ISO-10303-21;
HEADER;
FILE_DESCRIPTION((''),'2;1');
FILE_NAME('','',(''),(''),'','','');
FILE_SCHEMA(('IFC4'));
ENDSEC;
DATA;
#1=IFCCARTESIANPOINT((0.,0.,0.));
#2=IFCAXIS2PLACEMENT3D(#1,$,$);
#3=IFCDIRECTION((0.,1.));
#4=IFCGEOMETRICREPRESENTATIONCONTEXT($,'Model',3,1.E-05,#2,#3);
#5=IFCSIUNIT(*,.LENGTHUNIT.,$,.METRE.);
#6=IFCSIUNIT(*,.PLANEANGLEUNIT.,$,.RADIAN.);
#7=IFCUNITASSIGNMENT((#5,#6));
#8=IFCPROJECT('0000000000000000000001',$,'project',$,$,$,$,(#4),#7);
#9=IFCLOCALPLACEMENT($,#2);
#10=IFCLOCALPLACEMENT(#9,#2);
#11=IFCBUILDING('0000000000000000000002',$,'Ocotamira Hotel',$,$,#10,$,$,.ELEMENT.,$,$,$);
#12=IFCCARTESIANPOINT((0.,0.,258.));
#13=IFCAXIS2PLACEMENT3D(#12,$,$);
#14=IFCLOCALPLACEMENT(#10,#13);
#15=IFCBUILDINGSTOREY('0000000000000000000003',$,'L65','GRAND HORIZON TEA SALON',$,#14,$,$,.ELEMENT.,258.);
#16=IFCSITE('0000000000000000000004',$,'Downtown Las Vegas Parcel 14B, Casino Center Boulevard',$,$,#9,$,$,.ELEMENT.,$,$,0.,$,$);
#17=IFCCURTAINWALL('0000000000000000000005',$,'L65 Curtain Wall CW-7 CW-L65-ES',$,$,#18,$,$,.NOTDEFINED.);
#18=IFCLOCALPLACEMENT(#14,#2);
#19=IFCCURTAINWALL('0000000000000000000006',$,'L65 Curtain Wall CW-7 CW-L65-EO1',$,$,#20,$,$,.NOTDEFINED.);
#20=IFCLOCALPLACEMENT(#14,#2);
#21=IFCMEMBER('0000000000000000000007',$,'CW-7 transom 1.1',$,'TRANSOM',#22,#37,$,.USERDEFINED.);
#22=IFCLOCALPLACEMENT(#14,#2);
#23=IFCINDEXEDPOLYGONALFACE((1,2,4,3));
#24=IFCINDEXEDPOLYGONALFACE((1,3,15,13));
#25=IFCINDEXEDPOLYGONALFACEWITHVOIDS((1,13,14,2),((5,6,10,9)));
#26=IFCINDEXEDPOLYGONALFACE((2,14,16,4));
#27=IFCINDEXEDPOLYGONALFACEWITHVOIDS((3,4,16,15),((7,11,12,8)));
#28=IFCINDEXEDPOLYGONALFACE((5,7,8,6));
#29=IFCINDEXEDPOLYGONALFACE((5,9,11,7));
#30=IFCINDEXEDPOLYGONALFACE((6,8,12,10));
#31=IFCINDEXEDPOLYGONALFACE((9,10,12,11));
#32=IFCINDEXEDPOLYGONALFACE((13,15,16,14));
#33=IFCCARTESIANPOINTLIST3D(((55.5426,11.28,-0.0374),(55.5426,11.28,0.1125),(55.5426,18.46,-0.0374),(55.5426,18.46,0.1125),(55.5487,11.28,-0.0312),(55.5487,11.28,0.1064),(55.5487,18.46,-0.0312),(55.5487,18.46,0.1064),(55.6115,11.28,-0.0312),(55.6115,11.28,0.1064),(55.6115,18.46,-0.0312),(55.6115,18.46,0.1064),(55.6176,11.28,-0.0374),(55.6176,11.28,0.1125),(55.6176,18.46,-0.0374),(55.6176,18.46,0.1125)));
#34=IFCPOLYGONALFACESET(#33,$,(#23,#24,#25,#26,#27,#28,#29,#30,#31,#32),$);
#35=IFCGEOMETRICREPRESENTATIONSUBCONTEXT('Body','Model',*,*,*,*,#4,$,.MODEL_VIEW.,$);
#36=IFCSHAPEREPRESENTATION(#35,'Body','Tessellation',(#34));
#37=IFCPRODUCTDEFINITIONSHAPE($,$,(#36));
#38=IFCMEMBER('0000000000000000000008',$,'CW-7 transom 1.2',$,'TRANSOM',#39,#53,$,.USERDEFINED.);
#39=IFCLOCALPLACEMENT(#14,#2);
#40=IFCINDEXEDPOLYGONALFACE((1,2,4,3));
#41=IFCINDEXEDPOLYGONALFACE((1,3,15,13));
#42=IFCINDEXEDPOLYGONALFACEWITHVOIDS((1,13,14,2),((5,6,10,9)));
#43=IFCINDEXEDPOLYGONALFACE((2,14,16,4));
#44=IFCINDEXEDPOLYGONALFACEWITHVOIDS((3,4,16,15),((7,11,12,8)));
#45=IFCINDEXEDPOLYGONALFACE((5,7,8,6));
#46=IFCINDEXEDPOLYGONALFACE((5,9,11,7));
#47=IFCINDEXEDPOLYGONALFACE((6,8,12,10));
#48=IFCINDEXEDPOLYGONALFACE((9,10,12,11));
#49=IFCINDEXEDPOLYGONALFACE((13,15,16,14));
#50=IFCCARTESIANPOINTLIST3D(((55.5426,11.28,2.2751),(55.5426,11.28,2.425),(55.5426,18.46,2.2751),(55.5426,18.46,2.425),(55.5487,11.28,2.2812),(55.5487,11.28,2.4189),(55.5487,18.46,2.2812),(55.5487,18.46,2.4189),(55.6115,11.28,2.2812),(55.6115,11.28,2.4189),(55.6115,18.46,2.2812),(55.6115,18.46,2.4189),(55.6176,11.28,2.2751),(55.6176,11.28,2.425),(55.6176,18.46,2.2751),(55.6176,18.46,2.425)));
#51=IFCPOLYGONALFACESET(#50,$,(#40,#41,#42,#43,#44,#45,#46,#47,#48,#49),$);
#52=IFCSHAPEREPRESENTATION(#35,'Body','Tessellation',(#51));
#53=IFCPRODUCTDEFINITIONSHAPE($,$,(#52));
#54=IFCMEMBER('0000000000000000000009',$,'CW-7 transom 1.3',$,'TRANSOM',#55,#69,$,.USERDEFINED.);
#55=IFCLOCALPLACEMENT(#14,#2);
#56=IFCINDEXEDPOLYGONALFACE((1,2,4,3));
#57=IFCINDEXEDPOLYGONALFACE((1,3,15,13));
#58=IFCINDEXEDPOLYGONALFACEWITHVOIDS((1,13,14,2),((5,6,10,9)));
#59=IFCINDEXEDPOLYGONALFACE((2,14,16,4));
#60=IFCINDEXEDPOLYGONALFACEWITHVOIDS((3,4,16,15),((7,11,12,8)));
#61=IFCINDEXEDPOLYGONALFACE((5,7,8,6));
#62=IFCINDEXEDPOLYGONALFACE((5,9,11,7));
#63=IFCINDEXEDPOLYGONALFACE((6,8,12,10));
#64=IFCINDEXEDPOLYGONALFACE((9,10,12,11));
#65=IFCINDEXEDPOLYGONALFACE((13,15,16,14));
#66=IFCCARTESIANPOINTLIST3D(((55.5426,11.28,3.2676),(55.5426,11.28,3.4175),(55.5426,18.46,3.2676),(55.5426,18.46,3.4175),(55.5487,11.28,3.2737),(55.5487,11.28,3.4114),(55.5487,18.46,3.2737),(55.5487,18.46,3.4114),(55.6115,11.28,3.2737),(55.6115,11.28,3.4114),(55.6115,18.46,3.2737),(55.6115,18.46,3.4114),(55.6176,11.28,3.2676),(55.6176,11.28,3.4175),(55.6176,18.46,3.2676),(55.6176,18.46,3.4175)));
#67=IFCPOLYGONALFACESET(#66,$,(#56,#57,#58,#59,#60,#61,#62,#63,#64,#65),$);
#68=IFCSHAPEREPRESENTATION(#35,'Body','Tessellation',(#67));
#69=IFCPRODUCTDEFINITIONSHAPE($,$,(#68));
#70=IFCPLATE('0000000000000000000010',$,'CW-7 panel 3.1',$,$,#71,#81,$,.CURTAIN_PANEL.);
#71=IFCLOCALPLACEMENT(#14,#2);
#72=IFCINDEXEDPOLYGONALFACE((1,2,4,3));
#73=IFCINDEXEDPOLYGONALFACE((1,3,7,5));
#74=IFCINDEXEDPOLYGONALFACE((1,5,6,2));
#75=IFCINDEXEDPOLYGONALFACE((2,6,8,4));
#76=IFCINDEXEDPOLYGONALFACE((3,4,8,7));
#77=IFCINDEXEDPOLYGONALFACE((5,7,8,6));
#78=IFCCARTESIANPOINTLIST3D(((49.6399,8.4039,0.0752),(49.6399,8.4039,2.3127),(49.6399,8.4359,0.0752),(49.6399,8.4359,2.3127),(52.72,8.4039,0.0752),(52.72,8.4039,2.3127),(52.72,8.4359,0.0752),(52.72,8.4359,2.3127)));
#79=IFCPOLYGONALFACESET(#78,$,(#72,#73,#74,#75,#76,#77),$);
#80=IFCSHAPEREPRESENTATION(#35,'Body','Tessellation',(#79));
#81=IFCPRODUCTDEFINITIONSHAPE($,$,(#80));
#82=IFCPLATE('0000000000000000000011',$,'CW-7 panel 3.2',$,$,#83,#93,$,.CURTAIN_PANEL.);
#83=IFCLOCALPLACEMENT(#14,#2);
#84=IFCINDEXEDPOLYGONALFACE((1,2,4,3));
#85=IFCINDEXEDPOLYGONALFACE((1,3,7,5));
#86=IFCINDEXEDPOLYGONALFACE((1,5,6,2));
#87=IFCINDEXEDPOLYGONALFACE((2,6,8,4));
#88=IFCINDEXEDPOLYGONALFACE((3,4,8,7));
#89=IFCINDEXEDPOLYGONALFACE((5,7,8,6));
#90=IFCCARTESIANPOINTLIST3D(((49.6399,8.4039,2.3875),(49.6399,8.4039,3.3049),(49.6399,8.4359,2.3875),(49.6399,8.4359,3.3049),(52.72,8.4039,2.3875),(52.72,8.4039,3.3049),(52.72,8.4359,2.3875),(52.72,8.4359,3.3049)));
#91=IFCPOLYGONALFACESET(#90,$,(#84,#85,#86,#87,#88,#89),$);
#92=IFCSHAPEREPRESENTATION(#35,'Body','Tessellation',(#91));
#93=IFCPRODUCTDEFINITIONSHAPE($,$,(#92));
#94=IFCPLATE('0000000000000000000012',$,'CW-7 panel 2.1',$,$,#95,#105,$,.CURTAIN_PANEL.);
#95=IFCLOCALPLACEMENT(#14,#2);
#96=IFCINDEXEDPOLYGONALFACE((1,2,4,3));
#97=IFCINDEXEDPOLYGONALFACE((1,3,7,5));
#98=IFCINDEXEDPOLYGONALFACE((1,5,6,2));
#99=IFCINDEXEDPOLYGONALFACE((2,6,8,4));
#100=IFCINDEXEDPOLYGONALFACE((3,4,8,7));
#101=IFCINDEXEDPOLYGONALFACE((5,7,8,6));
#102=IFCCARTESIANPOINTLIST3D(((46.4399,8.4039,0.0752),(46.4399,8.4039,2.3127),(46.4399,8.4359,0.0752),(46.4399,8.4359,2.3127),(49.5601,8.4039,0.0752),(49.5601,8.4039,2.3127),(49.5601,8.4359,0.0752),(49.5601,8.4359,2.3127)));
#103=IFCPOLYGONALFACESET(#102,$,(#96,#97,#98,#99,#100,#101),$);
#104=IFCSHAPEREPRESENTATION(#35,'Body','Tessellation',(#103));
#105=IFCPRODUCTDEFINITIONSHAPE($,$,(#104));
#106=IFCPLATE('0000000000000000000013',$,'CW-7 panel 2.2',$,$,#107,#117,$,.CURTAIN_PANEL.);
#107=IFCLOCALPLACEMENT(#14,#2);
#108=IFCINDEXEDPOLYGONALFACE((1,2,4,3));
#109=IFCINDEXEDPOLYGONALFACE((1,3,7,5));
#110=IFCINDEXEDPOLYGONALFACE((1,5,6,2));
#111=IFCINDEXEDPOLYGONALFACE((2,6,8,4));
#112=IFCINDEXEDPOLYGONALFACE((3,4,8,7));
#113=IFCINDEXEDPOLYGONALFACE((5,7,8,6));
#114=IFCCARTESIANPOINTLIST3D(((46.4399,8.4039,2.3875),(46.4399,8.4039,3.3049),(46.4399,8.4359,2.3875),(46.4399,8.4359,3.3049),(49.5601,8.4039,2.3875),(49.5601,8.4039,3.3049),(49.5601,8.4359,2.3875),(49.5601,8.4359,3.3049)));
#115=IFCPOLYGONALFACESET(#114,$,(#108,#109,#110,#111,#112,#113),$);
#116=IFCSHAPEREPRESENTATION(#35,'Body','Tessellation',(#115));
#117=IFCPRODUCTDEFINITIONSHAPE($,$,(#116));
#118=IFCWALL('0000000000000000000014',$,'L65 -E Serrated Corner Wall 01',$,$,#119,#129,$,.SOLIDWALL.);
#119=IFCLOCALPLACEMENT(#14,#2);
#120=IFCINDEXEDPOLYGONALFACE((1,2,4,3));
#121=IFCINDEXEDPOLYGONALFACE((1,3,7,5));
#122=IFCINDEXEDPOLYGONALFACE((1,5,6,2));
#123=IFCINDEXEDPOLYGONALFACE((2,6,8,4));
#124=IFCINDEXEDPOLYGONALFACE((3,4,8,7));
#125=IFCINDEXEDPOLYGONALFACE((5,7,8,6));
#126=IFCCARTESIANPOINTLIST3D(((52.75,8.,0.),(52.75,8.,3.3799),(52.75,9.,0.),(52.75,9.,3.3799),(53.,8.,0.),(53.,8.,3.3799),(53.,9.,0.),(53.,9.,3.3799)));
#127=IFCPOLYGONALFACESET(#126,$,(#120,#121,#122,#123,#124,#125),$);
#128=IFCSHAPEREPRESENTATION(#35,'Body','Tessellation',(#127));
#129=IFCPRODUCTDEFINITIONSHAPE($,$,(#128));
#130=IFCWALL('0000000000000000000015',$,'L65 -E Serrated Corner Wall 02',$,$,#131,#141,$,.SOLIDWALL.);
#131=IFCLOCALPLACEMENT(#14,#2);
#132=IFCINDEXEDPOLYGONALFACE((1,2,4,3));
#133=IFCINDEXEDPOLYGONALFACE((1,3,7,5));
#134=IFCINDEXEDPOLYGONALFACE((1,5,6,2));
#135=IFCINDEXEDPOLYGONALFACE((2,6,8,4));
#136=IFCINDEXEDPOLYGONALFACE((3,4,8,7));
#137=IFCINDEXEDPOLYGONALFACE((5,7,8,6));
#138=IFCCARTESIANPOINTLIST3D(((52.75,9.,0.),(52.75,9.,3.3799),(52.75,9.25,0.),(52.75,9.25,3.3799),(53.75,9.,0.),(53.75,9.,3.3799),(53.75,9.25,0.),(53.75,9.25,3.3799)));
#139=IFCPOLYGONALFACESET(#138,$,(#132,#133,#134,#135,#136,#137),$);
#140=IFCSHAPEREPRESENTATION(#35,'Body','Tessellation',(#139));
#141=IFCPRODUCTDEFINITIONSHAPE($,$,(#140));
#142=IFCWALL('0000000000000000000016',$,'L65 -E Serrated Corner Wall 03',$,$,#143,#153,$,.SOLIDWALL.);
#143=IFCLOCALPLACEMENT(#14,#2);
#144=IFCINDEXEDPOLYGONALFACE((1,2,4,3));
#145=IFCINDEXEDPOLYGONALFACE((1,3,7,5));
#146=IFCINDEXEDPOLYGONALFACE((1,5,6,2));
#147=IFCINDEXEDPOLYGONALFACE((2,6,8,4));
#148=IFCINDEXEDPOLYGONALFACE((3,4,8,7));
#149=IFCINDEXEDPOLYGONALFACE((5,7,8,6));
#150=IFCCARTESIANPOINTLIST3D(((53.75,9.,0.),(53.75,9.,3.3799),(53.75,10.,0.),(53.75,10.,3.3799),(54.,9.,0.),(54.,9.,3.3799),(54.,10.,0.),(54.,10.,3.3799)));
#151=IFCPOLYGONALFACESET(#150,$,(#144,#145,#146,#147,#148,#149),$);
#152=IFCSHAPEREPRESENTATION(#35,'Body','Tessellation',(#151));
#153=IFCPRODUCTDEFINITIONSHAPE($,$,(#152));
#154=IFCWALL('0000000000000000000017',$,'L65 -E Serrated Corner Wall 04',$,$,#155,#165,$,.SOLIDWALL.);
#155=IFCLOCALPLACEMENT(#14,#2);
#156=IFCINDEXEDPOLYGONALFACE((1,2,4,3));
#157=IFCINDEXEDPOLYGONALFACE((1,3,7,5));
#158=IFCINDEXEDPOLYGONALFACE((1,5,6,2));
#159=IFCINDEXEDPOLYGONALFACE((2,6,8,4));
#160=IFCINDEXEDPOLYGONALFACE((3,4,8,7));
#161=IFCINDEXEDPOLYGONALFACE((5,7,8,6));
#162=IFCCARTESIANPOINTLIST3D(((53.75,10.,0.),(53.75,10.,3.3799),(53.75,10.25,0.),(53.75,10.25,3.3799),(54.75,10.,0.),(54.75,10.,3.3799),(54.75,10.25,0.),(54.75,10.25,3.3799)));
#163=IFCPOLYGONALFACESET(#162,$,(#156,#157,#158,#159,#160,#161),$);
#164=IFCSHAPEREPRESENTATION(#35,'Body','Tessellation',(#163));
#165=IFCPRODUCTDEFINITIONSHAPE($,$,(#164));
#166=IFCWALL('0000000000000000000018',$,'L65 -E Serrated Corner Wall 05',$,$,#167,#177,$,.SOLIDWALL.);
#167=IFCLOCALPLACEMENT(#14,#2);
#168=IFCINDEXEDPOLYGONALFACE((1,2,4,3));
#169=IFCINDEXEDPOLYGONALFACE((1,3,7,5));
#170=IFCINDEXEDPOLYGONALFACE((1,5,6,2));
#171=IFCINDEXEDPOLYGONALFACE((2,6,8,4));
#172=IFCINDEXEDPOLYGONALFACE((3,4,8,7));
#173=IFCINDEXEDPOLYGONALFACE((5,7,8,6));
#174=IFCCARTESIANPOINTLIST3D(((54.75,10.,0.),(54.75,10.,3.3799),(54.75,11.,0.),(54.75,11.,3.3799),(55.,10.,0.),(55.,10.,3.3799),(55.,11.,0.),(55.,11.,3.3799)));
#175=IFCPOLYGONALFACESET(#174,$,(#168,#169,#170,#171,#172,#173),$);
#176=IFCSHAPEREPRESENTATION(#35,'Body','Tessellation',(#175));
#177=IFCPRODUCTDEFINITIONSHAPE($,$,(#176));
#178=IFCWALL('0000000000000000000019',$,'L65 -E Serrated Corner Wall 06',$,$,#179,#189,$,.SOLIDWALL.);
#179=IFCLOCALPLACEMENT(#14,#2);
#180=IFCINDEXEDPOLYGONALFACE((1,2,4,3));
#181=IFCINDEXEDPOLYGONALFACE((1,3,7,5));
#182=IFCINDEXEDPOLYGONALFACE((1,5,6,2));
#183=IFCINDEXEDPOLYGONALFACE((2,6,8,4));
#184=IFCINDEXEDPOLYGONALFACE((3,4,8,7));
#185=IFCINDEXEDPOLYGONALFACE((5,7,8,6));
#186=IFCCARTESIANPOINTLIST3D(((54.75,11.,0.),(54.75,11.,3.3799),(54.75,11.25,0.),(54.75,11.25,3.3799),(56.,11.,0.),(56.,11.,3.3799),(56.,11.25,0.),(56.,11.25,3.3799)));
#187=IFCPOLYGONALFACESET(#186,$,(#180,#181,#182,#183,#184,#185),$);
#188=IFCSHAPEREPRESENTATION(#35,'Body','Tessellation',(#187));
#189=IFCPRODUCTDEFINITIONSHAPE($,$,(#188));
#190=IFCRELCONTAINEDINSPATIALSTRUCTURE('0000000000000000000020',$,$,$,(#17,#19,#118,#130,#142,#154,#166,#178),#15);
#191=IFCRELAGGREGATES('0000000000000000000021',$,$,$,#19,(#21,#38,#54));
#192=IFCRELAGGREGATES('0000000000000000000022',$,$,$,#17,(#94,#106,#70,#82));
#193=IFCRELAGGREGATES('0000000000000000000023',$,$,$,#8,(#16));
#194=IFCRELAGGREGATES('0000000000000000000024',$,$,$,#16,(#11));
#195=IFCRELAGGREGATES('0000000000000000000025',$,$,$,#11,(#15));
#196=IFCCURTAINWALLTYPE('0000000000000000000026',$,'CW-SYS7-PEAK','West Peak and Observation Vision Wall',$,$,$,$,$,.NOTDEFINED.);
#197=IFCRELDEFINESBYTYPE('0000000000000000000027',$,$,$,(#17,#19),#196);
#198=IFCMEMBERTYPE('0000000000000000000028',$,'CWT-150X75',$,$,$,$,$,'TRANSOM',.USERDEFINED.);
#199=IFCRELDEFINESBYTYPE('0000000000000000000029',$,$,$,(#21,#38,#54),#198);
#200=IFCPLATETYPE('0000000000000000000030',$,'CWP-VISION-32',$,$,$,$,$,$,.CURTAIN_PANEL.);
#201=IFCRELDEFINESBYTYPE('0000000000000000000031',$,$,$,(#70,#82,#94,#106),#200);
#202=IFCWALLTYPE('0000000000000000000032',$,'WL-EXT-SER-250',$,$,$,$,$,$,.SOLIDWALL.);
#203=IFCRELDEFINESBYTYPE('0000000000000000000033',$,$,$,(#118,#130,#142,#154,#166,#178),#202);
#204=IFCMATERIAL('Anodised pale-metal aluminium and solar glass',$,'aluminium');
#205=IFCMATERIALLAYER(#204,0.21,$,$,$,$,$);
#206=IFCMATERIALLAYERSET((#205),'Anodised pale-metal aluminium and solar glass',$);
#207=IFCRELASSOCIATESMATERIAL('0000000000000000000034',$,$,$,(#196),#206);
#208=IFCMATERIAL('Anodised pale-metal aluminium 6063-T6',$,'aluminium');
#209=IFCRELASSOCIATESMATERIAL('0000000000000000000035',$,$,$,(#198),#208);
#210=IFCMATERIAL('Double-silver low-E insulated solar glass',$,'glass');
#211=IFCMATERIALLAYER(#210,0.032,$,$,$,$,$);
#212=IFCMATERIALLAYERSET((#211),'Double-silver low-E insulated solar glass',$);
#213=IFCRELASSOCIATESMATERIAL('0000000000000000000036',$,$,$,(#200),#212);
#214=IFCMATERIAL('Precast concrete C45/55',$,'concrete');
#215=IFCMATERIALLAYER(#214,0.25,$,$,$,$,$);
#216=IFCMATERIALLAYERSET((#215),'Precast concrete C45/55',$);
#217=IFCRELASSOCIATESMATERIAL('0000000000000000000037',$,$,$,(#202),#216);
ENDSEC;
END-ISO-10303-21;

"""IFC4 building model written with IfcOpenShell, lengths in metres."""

from ifc_helpers import new_model, si_unit, direction, frame, frame_2d, origin, origin_2d, place, context, subcontext, project, spatial, rectangle, hollow_rectangle, extrude, source, transform, mapped, material, layer, layer_set, material_profile, profile_set, type_object, element, aggregate, save


model = new_model("IFC4")

# Units and contexts
model_context = context("Model", 3, precision=1e-05, world=origin(), true_north=direction((0.0, 1.0)))
body_context = subcontext(model_context, "Body", "Model", "MODEL_VIEW")
ifc_project = project(units=[si_unit("LENGTHUNIT", "METRE"), si_unit("PLANEANGLEUNIT", "RADIAN")], contexts=[model_context])

# Site, building, storey
site_placement = place(None, origin())
site = spatial("IfcSite", under=ifc_project, at=site_placement, Name="Downtown Las Vegas Parcel 14B, Casino Center Boulevard", CompositionType="ELEMENT", RefElevation=0.0)
building_placement = place(site_placement, origin())
building = spatial("IfcBuilding", under=site, at=building_placement, Name="Ocotamira Hotel", CompositionType="ELEMENT")
storey_placement = place(building_placement, frame((0.0, 0.0, 258.0)))
storey = spatial("IfcBuildingStorey", under=building, at=storey_placement, Name="L65", Description="GRAND HORIZON TEA SALON", CompositionType="ELEMENT", Elevation=258.0)

# Curtain wall
ifc_material_1 = material(Name="Anodised pale-metal aluminium and solar glass", Category="aluminium")
ifc_layer_1 = layer(ifc_material_1, 0.21)
ifc_layer_set_1 = layer_set([ifc_layer_1], Name="Anodised pale-metal aluminium and solar glass")
curtain_wall_type = type_object("IfcCurtainWallType", Name="CW-SYS7-PEAK", Description="West Peak and Observation Vision Wall", PredefinedType="NOTDEFINED", material=ifc_layer_set_1)
curtain_wall_1_placement = place(storey_placement, origin())
curtain_wall_1 = element("IfcCurtainWall", 1, at=curtain_wall_1_placement, inside=storey, type_object=curtain_wall_type, Name="L65 Curtain Wall CW-7 CW-L65-ES", PredefinedType="NOTDEFINED")
ifc_material_2 = material(Name="Anodised pale-metal aluminium 6063-T6", Category="aluminium")

# Curtain wall
curtain_wall_2_placement = place(storey_placement, origin())
curtain_wall_2 = element("IfcCurtainWall", 2, at=curtain_wall_2_placement, inside=storey, type_object=curtain_wall_type, Name="L65 Curtain Wall CW-7 CW-L65-EO1", PredefinedType="NOTDEFINED")

# Members
ifc_material_profile_1 = material_profile(ifc_material_2, hollow_rectangle(XDim=0.075, YDim=0.1499, WallThickness=0.0061, at=origin_2d()), Name="HSS150X75X6")
ifc_profile_set_1 = profile_set([ifc_material_profile_1], Name="Anodised pale-metal aluminium 6063-T6")
member_type_1 = type_object("IfcMemberType", Name="CWT-150X75", ElementType="TRANSOM", PredefinedType="USERDEFINED", material=ifc_profile_set_1)
shared_shape_1 = source(origin(), body_context, "Body", "SweptSolid", [
    extrude(hollow_rectangle(XDim=0.075, YDim=0.1499, WallThickness=0.0061, at=origin_2d()), origin(), (0.0, 0.0, 1.0), 7.1799),
])
member_1_placement = place(storey_placement, frame((55.5801, 11.28, 0.0376), z_axis=(0.0, 1.0, 0.0), x_axis=(-1.0, 0.0, 0.0)))
member_1 = element("IfcMember", 3, at=member_1_placement, type_object=member_type_1, Name="CW-7 transom 1.1", ObjectType="TRANSOM", PredefinedType="USERDEFINED", context=body_context, shape_type="MappedRepresentation", body=[
    mapped(shared_shape_1, transform((0.0, 0.0, 0.0), scale=1.0)),
])
member_2_placement = place(storey_placement, frame((55.5801, 11.28, 2.3501), z_axis=(0.0, 1.0, 0.0), x_axis=(-1.0, 0.0, 0.0)))
member_2 = element("IfcMember", 4, at=member_2_placement, type_object=member_type_1, Name="CW-7 transom 1.2", ObjectType="TRANSOM", PredefinedType="USERDEFINED", context=body_context, shape_type="MappedRepresentation", body=[
    mapped(shared_shape_1, transform((0.0, 0.0, 0.0), scale=1.0)),
])
member_3_placement = place(storey_placement, frame((55.5801, 11.28, 3.3425), z_axis=(0.0, 1.0, 0.0), x_axis=(-1.0, 0.0, 0.0)))
member_3 = element("IfcMember", 5, at=member_3_placement, type_object=member_type_1, Name="CW-7 transom 1.3", ObjectType="TRANSOM", PredefinedType="USERDEFINED", context=body_context, shape_type="MappedRepresentation", body=[
    mapped(shared_shape_1, transform((0.0, 0.0, 0.0), scale=1.0)),
])
aggregate(curtain_wall_2, [member_1, member_2, member_3])

# Plates
ifc_material_3 = material(Name="Double-silver low-E insulated solar glass", Category="glass")
ifc_layer_2 = layer(ifc_material_3, 0.032)
ifc_layer_set_2 = layer_set([ifc_layer_2], Name="Double-silver low-E insulated solar glass")
plate_type = type_object("IfcPlateType", Name="CWP-VISION-32", PredefinedType="CURTAIN_PANEL", material=ifc_layer_set_2)
shared_shape_2 = source(origin(), body_context, "Body", "SweptSolid", [
    extrude(rectangle(XDim=3.0801, YDim=0.032, at=origin_2d()), origin(), (0.0, 0.0, 1.0), 2.2375),
])
plate_1_placement = place(storey_placement, frame((51.1799, 8.4199, 0.0752), z_axis=(0.0, 0.0, 1.0), x_axis=(1.0, 0.0, 0.0)))
plate_1 = element("IfcPlate", 6, at=plate_1_placement, type_object=plate_type, Name="CW-7 panel 3.1", PredefinedType="CURTAIN_PANEL", context=body_context, shape_type="MappedRepresentation", body=[
    mapped(shared_shape_2, transform((0.0, 0.0, 0.0), scale=1.0)),
])
shared_shape_3 = source(origin(), body_context, "Body", "SweptSolid", [
    extrude(rectangle(XDim=3.0801, YDim=0.032, at=origin_2d()), origin(), (0.0, 0.0, 1.0), 0.9175),
])
plate_2_placement = place(storey_placement, frame((51.1799, 8.4199, 2.3875), z_axis=(0.0, 0.0, 1.0), x_axis=(1.0, 0.0, 0.0)))
plate_2 = element("IfcPlate", 7, at=plate_2_placement, type_object=plate_type, Name="CW-7 panel 3.2", PredefinedType="CURTAIN_PANEL", context=body_context, shape_type="MappedRepresentation", body=[
    mapped(shared_shape_3, transform((0.0, 0.0, 0.0), scale=1.0)),
])
shared_shape_4 = source(origin(), body_context, "Body", "SweptSolid", [
    extrude(rectangle(XDim=3.1201, YDim=0.032, at=origin_2d()), origin(), (0.0, 0.0, 1.0), 2.2375),
])
plate_3_placement = place(storey_placement, frame((48.0, 8.4199, 0.0752), z_axis=(0.0, 0.0, 1.0), x_axis=(1.0, 0.0, 0.0)))
plate_3 = element("IfcPlate", 8, at=plate_3_placement, type_object=plate_type, Name="CW-7 panel 2.1", PredefinedType="CURTAIN_PANEL", context=body_context, shape_type="MappedRepresentation", body=[
    mapped(shared_shape_4, transform((0.0, 0.0, 0.0), scale=1.0)),
])
shared_shape_5 = source(origin(), body_context, "Body", "SweptSolid", [
    extrude(rectangle(XDim=3.1201, YDim=0.032, at=origin_2d()), origin(), (0.0, 0.0, 1.0), 0.9175),
])
plate_4_placement = place(storey_placement, frame((48.0, 8.4199, 2.3875), z_axis=(0.0, 0.0, 1.0), x_axis=(1.0, 0.0, 0.0)))
plate_4 = element("IfcPlate", 9, at=plate_4_placement, type_object=plate_type, Name="CW-7 panel 2.2", PredefinedType="CURTAIN_PANEL", context=body_context, shape_type="MappedRepresentation", body=[
    mapped(shared_shape_5, transform((0.0, 0.0, 0.0), scale=1.0)),
])
aggregate(curtain_wall_1, [plate_3, plate_4, plate_1, plate_2])

# Walls
ifc_material_4 = material(Name="Precast concrete C45/55", Category="concrete")
ifc_layer_3 = layer(ifc_material_4, 0.25)
ifc_layer_set_3 = layer_set([ifc_layer_3], Name="Precast concrete C45/55")
wall_type_1 = type_object("IfcWallType", Name="WL-EXT-SER-250", PredefinedType="SOLIDWALL", material=ifc_layer_set_3)
for number, where, z_axis, x_axis, name in (
    (10, (52.875, 8.0, 0.0), (0.0, 0.0, 1.0), (0.0, 1.0, 0.0), "L65 -E Serrated Corner Wall 01"),
    (11, (52.75, 9.125, 0.0), (0.0, 0.0, 1.0), (1.0, 0.0, 0.0), "L65 -E Serrated Corner Wall 02"),
    (12, (53.875, 9.0, 0.0), (0.0, 0.0, 1.0), (0.0, 1.0, 0.0), "L65 -E Serrated Corner Wall 03"),
    (13, (53.75, 10.125, 0.0), (0.0, 0.0, 1.0), (1.0, 0.0, 0.0), "L65 -E Serrated Corner Wall 04"),
    (14, (54.875, 10.0, 0.0), (0.0, 0.0, 1.0), (0.0, 1.0, 0.0), "L65 -E Serrated Corner Wall 05"),
):
    element("IfcWall", number, at=place(storey_placement, frame(where, z_axis=z_axis, x_axis=x_axis)), inside=storey, type_object=wall_type_1, Name=name, PredefinedType="SOLIDWALL", context=body_context, shape_type="SweptSolid", body=[
        extrude(rectangle(XDim=1.0, YDim=0.25, at=frame_2d((0.5, 0.0))), origin(), (0.0, 0.0, 1.0), 3.3799),
    ])
wall_1_placement = place(storey_placement, frame((54.75, 11.125, 0.0), z_axis=(0.0, 0.0, 1.0), x_axis=(1.0, 0.0, 0.0)))
element("IfcWall", 15, at=wall_1_placement, inside=storey, type_object=wall_type_1, Name="L65 -E Serrated Corner Wall 06", PredefinedType="SOLIDWALL", context=body_context, shape_type="SweptSolid", body=[
    extrude(rectangle(XDim=1.25, YDim=0.25, at=frame_2d((0.625, 0.0))), origin(), (0.0, 0.0, 1.0), 3.3799),
])

save(model, "model.ifc")
